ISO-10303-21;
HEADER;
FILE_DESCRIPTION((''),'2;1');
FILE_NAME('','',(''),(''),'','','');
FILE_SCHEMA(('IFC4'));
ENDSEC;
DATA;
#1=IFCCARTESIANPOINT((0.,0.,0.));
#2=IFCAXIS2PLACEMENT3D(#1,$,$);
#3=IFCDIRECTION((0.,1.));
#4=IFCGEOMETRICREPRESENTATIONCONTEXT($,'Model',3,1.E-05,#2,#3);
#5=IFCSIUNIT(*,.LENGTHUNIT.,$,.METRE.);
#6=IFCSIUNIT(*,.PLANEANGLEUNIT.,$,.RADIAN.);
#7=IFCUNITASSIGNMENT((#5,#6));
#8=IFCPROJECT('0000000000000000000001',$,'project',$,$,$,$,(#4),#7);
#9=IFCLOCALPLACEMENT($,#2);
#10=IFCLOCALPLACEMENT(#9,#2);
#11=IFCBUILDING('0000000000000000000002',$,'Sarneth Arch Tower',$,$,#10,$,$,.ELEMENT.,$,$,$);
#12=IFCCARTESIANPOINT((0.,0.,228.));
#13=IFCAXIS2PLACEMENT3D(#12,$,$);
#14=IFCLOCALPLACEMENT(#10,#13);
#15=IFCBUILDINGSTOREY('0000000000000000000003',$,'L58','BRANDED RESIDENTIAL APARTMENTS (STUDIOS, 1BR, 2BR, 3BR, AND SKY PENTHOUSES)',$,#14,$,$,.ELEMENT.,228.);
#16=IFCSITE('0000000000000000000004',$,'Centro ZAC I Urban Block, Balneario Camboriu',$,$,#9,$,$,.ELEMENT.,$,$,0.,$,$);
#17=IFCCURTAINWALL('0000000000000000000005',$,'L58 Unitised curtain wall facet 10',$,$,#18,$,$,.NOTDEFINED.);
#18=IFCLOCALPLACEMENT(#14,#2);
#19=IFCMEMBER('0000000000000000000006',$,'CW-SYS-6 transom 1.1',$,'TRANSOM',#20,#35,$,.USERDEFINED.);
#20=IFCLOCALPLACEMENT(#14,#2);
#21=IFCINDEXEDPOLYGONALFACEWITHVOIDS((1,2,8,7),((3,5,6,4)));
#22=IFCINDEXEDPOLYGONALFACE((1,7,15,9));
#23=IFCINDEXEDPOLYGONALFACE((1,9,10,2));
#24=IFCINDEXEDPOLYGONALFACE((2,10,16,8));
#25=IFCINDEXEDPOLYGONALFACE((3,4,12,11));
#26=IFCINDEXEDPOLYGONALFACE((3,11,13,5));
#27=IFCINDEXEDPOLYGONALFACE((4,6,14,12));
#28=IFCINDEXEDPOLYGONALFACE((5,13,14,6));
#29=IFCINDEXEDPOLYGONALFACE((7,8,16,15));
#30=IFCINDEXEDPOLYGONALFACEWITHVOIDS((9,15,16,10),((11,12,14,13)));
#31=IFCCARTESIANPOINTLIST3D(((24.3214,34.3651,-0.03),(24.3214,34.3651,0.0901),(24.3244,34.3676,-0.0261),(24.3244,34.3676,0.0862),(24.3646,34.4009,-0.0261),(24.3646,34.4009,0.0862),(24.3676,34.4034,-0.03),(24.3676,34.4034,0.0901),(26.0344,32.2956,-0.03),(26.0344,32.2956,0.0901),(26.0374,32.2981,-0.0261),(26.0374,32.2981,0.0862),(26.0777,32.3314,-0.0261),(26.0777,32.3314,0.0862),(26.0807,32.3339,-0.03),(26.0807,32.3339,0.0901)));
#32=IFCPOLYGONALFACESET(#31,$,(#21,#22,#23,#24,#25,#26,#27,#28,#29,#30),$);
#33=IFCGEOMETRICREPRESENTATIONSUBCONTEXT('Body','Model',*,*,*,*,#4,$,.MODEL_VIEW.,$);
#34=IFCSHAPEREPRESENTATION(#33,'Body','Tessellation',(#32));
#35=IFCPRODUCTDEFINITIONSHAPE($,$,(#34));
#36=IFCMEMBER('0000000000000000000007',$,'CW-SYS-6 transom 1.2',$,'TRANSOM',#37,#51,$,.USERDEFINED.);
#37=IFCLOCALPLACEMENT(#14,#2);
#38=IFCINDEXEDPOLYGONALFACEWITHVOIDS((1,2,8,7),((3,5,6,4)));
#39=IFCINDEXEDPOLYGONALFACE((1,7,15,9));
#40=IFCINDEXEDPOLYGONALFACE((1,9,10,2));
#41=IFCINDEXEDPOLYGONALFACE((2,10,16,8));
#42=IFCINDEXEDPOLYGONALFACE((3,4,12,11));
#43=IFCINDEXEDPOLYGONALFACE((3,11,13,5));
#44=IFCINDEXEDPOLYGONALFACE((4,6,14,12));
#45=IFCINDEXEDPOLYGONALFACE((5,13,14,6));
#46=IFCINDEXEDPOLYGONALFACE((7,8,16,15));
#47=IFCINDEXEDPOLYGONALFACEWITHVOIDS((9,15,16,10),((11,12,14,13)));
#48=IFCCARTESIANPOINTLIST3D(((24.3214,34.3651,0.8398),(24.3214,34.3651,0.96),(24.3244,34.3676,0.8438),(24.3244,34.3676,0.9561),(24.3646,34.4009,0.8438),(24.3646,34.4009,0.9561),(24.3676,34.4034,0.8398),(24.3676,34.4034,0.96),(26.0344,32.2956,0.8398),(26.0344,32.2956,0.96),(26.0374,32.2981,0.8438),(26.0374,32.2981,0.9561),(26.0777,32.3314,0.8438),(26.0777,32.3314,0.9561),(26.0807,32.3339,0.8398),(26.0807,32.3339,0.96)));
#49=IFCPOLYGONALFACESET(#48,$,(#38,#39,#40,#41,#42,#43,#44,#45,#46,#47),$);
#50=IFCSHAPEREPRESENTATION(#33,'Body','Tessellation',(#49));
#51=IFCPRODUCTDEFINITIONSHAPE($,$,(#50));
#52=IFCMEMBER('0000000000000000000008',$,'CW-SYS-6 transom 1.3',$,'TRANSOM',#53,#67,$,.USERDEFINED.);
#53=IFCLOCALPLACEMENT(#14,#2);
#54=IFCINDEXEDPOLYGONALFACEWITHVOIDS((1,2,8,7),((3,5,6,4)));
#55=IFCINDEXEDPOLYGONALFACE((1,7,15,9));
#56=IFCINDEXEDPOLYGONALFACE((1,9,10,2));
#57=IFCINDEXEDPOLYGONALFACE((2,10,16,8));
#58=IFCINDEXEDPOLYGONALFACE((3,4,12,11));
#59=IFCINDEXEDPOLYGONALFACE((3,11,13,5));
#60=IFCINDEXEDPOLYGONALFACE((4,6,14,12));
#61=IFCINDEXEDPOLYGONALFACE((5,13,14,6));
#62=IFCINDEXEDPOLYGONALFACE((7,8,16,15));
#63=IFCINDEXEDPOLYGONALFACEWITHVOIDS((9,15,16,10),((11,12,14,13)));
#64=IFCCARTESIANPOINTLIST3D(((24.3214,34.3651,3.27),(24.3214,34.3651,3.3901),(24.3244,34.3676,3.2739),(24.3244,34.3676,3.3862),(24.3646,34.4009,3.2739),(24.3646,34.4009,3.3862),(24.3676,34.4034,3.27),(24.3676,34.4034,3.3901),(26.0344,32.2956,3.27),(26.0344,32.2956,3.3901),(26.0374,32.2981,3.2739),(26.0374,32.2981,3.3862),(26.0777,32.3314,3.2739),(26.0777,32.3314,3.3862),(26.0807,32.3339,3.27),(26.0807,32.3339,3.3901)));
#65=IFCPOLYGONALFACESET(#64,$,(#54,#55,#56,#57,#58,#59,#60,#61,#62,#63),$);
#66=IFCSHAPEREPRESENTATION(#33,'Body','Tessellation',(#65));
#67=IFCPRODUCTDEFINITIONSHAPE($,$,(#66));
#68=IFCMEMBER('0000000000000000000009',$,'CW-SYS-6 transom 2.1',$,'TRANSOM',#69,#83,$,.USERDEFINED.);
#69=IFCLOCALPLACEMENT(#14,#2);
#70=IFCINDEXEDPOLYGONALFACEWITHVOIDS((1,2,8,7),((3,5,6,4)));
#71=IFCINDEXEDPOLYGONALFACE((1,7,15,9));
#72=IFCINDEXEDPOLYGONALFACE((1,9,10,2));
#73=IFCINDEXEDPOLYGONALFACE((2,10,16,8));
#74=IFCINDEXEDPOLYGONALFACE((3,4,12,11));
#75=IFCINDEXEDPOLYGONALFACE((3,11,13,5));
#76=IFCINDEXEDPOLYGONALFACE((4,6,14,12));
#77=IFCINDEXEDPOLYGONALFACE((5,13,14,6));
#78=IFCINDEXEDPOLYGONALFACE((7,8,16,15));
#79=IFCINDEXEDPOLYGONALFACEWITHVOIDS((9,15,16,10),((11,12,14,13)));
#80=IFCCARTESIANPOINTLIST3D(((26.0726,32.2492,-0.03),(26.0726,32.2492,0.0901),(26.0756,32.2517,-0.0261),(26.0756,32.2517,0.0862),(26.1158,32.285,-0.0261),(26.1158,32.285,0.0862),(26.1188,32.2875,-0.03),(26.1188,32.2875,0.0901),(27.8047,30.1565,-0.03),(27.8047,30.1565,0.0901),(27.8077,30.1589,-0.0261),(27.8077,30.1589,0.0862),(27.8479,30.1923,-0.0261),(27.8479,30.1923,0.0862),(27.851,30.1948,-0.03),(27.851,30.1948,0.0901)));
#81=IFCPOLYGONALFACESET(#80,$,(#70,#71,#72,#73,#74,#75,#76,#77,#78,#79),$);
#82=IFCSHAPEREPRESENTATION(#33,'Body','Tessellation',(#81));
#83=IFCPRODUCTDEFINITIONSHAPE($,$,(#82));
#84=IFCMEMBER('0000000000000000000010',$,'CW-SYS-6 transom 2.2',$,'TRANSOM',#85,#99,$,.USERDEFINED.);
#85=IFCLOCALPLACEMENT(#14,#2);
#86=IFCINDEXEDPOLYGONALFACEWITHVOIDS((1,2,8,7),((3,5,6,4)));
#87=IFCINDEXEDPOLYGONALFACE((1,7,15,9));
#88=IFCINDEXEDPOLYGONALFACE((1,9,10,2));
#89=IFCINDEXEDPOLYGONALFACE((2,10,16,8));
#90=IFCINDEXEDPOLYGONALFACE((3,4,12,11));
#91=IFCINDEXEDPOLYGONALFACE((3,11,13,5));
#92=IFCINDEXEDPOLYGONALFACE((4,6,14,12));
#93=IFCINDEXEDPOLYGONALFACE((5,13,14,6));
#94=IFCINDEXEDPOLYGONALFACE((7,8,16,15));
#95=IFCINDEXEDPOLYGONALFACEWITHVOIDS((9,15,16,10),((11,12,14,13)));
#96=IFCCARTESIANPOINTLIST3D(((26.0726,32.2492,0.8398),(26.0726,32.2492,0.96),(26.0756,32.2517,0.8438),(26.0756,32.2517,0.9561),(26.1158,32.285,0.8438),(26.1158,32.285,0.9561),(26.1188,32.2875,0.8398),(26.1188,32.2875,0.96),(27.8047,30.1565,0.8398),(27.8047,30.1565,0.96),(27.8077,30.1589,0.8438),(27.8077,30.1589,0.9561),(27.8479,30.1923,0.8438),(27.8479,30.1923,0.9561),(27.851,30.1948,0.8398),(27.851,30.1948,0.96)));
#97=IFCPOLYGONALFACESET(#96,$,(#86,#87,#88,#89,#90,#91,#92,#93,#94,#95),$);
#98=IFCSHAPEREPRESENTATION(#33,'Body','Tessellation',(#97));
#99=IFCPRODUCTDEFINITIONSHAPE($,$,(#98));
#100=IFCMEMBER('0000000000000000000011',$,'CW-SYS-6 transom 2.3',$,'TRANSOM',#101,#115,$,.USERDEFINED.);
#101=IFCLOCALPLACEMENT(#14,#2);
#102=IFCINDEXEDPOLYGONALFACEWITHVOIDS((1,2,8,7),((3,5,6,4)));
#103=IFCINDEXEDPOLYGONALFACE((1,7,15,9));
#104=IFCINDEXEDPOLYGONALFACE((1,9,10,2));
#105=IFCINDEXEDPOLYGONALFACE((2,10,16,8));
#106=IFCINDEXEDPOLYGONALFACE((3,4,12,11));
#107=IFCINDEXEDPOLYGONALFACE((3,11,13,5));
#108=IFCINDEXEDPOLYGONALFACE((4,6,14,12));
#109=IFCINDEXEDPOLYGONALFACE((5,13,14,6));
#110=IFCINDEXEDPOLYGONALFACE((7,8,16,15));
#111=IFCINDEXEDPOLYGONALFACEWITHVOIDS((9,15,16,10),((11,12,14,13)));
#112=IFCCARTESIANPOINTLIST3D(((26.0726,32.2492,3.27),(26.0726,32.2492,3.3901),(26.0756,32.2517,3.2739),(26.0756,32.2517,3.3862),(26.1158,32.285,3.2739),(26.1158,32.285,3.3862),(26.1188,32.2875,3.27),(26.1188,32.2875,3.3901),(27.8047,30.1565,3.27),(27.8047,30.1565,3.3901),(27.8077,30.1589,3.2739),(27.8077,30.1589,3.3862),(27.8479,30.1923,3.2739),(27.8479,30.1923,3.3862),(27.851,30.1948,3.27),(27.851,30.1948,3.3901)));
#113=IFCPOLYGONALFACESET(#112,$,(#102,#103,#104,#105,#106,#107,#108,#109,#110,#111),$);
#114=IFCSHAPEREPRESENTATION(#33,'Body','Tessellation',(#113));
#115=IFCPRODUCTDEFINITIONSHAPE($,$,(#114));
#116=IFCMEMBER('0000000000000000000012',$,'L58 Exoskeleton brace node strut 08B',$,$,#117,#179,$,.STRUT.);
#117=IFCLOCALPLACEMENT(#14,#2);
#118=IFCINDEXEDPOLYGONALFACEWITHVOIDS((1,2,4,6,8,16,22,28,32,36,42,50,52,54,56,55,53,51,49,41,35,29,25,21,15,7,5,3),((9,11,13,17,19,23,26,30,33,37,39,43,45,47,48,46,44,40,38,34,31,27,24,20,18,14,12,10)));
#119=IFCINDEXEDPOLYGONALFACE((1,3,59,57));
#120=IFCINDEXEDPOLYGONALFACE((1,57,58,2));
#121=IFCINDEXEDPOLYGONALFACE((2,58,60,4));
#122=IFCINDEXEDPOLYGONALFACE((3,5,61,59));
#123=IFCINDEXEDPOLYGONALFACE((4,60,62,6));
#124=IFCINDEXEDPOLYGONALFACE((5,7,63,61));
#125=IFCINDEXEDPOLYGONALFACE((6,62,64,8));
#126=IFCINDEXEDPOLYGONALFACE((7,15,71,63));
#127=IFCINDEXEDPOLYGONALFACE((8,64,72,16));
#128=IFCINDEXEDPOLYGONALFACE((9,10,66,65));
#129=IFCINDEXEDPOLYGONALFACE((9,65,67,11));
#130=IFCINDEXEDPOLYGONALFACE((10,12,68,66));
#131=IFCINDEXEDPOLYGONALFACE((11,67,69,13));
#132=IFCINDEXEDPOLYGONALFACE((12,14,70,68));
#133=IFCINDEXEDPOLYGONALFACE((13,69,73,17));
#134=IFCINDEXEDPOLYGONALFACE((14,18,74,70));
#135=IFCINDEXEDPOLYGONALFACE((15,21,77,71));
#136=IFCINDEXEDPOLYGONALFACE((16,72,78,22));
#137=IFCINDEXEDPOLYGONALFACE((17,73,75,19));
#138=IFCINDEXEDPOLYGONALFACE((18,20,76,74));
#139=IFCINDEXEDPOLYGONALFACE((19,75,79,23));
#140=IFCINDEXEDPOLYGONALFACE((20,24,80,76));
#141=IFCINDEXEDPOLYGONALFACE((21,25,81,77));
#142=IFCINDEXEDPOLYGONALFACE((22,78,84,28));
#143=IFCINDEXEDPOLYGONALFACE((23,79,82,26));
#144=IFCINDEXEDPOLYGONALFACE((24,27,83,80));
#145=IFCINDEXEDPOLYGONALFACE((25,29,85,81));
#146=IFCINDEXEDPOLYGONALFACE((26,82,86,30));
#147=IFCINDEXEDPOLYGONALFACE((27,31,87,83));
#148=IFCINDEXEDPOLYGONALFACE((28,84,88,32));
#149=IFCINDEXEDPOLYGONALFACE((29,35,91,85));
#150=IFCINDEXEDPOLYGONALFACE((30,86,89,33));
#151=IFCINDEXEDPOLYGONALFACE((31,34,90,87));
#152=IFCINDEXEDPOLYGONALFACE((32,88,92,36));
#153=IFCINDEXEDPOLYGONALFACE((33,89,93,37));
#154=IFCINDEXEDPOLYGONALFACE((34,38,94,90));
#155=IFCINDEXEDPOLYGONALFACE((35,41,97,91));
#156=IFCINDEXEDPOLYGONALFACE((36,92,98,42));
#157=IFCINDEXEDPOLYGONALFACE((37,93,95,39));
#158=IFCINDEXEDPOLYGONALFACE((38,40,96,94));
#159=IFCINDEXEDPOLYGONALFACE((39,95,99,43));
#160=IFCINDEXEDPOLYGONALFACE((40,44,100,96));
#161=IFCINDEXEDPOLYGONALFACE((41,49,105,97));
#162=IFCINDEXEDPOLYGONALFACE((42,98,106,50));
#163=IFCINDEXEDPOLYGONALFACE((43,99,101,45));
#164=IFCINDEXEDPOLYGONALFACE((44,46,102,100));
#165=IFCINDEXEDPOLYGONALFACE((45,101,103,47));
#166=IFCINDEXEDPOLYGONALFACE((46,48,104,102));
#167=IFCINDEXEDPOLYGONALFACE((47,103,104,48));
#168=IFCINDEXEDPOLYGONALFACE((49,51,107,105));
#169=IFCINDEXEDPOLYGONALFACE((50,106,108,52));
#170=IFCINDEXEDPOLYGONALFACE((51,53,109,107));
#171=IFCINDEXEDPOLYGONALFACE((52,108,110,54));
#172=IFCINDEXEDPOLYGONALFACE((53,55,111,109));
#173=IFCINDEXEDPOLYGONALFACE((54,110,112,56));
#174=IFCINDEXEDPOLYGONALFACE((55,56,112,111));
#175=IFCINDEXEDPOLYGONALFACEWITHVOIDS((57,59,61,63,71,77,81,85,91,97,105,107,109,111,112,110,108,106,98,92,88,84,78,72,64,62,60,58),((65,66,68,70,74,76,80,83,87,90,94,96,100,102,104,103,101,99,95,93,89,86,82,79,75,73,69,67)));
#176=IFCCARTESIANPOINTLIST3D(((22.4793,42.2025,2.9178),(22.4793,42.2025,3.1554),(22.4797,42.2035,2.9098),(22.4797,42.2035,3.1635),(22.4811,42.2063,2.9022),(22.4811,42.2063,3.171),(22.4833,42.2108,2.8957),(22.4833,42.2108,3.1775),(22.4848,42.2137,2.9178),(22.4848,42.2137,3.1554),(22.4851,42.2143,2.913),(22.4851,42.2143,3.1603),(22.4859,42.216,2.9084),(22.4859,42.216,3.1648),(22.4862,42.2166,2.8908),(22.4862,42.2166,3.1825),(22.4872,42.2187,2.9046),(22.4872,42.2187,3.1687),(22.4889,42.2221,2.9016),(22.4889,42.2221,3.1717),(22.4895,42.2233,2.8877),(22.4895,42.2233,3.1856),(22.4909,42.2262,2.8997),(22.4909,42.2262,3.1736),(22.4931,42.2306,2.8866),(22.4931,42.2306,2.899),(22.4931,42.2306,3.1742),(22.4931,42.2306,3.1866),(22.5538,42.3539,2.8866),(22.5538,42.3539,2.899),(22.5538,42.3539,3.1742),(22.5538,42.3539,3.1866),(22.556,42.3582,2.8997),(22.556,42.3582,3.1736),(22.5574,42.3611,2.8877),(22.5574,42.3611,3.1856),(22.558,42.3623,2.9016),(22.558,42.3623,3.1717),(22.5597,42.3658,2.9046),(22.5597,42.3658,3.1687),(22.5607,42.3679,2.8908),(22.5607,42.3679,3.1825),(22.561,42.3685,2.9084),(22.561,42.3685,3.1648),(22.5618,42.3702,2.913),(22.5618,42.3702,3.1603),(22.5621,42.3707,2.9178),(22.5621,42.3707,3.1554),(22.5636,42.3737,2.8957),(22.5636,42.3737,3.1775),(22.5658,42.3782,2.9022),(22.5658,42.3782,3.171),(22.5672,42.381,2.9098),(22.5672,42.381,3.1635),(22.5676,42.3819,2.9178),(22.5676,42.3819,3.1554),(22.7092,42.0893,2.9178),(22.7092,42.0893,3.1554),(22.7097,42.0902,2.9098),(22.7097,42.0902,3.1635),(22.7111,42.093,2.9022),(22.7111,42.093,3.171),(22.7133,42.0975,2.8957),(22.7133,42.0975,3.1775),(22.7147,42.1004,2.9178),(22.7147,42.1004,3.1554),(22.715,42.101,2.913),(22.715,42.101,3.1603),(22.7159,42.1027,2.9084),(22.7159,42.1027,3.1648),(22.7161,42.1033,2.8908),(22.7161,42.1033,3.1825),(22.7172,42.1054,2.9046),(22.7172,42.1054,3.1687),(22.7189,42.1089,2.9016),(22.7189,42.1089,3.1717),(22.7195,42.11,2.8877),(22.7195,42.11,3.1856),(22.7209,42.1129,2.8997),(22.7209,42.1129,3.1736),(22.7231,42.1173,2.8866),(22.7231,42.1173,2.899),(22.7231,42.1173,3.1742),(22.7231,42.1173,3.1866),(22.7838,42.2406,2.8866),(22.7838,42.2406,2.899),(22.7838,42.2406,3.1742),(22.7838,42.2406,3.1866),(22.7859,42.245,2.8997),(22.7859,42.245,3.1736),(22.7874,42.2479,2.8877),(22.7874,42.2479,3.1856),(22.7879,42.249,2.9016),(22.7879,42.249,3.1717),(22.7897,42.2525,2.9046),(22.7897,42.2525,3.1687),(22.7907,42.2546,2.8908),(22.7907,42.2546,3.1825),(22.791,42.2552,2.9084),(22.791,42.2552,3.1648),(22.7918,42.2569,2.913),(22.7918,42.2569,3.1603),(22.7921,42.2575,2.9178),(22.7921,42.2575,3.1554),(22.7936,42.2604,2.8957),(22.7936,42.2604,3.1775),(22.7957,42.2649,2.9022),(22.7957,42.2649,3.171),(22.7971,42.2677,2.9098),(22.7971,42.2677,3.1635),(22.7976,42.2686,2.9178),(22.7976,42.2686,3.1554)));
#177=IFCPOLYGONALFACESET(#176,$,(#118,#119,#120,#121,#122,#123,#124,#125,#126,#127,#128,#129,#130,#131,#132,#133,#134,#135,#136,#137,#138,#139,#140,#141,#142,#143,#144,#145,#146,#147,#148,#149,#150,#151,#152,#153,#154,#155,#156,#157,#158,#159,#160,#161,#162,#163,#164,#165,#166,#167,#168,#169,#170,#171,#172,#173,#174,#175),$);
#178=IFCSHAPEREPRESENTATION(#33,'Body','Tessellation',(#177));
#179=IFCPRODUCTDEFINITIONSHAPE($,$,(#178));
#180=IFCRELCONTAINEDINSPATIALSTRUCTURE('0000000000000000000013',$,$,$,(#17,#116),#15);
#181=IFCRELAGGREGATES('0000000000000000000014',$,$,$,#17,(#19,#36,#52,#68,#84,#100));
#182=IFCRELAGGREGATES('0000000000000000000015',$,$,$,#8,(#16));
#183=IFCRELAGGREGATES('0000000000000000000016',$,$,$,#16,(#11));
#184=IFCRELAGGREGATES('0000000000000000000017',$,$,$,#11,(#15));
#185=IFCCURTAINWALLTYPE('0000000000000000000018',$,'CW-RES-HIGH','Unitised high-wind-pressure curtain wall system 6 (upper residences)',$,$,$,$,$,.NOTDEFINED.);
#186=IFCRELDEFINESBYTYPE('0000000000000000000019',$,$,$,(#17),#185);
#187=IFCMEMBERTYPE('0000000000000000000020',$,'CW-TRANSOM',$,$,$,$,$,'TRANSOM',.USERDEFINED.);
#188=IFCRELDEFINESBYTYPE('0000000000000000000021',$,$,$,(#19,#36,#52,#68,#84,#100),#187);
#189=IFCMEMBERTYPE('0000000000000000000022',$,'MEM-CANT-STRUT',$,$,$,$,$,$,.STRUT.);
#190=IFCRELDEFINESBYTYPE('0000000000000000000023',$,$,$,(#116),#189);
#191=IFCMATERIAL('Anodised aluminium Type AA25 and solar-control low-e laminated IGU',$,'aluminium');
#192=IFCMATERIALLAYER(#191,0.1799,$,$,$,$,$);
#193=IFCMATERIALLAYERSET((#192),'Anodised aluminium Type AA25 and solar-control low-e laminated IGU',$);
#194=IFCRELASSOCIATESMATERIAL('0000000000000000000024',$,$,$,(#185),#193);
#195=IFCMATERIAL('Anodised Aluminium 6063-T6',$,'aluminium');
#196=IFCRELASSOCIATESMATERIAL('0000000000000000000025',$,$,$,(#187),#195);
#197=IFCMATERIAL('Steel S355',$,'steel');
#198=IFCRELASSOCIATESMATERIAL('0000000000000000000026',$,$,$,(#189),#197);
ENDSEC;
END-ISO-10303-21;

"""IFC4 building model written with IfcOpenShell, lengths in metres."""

from ifc_helpers import new_model, si_unit, direction, frame, origin, origin_2d, place, context, subcontext, project, spatial, hollow_rectangle, extrude, material, layer, layer_set, material_profile, profile_set, type_object, element, aggregate, save


model = new_model("IFC4")

# Units and contexts
model_context = context("Model", 3, precision=1e-05, world=origin(), true_north=direction((0.0, 1.0)))
body_context = subcontext(model_context, "Body", "Model", "MODEL_VIEW")
ifc_project = project(units=[si_unit("LENGTHUNIT", "METRE"), si_unit("PLANEANGLEUNIT", "RADIAN")], contexts=[model_context])

# Site, building, storey
site_placement = place(None, origin())
site = spatial("IfcSite", under=ifc_project, at=site_placement, Name="Centro ZAC I Urban Block, Balneario Camboriu", CompositionType="ELEMENT", RefElevation=0.0)
building_placement = place(site_placement, origin())
building = spatial("IfcBuilding", under=site, at=building_placement, Name="Sarneth Arch Tower", CompositionType="ELEMENT")
storey_placement = place(building_placement, frame((0.0, 0.0, 228.0)))
storey = spatial("IfcBuildingStorey", under=building, at=storey_placement, Name="L58", Description="BRANDED RESIDENTIAL APARTMENTS (STUDIOS, 1BR, 2BR, 3BR, AND SKY PENTHOUSES)", CompositionType="ELEMENT", Elevation=228.0)

# Curtain wall, members
ifc_material_1 = material(Name="Anodised aluminium Type AA25 and solar-control low-e laminated IGU", Category="aluminium")
ifc_layer_1 = layer(ifc_material_1, 0.1799)
ifc_layer_set_1 = layer_set([ifc_layer_1], Name="Anodised aluminium Type AA25 and solar-control low-e laminated IGU")
curtain_wall_type = type_object("IfcCurtainWallType", Name="CW-RES-HIGH", Description="Unitised high-wind-pressure curtain wall system 6 (upper residences)", PredefinedType="NOTDEFINED", material=ifc_layer_set_1)
curtain_wall_placement = place(storey_placement, origin())
curtain_wall = element("IfcCurtainWall", 1, at=curtain_wall_placement, inside=storey, type_object=curtain_wall_type, Name="L58 Unitised curtain wall facet 10", PredefinedType="NOTDEFINED")
ifc_material_2 = material(Name="Anodised Aluminium 6063-T6", Category="aluminium")
ifc_material_profile_1 = material_profile(ifc_material_2, hollow_rectangle(XDim=0.0601, YDim=0.1201, WallThickness=0.0039, at=origin_2d()), Name="AL-TRAN-120x60x4")
ifc_profile_set_1 = profile_set([ifc_material_profile_1], Name="Anodised Aluminium 6063-T6")
member_type_1 = type_object("IfcMemberType", Name="CW-TRANSOM", ElementType="TRANSOM", PredefinedType="USERDEFINED", material=ifc_profile_set_1)
member_1_placement = place(storey_placement, frame((24.3445, 34.3843, 0.03), z_axis=(0.637651, -0.770325, 0.0), x_axis=(0.770325, 0.637651, 0.0)))
member_1 = element("IfcMember", 2, at=member_1_placement, type_object=member_type_1, Name="CW-SYS-6 transom 1.1", ObjectType="TRANSOM", PredefinedType="USERDEFINED", context=body_context, shape_type="SweptSolid", body=[
    extrude(hollow_rectangle(XDim=0.0601, YDim=0.1201, WallThickness=0.0039, at=origin_2d()), origin(), (0.0, 0.0, 1.0), 2.6865),
])
member_2_placement = place(storey_placement, frame((24.3445, 34.3843, 0.8999), z_axis=(0.637651, -0.770325, 0.0), x_axis=(0.770325, 0.637651, 0.0)))
member_2 = element("IfcMember", 3, at=member_2_placement, type_object=member_type_1, Name="CW-SYS-6 transom 1.2", ObjectType="TRANSOM", PredefinedType="USERDEFINED", context=body_context, shape_type="SweptSolid", body=[
    extrude(hollow_rectangle(XDim=0.0601, YDim=0.1201, WallThickness=0.0039, at=origin_2d()), origin(), (0.0, 0.0, 1.0), 2.6865),
])
member_3_placement = place(storey_placement, frame((24.3445, 34.3843, 3.3301), z_axis=(0.637651, -0.770325, 0.0), x_axis=(0.770325, 0.637651, 0.0)))
member_3 = element("IfcMember", 4, at=member_3_placement, type_object=member_type_1, Name="CW-SYS-6 transom 1.3", ObjectType="TRANSOM", PredefinedType="USERDEFINED", context=body_context, shape_type="SweptSolid", body=[
    extrude(hollow_rectangle(XDim=0.0601, YDim=0.1201, WallThickness=0.0039, at=origin_2d()), origin(), (0.0, 0.0, 1.0), 2.6865),
])
member_4_placement = place(storey_placement, frame((26.0957, 32.2683, 0.03), z_axis=(0.637617, -0.770353, 0.0), x_axis=(0.770353, 0.637617, 0.0)))
member_4 = element("IfcMember", 5, at=member_4_placement, type_object=member_type_1, Name="CW-SYS-6 transom 2.1", ObjectType="TRANSOM", PredefinedType="USERDEFINED", context=body_context, shape_type="SweptSolid", body=[
    extrude(hollow_rectangle(XDim=0.0601, YDim=0.1201, WallThickness=0.0039, at=origin_2d()), origin(), (0.0, 0.0, 1.0), 2.7166),
])
member_5_placement = place(storey_placement, frame((26.0957, 32.2683, 0.8999), z_axis=(0.637617, -0.770353, 0.0), x_axis=(0.770353, 0.637617, 0.0)))
member_5 = element("IfcMember", 6, at=member_5_placement, type_object=member_type_1, Name="CW-SYS-6 transom 2.2", ObjectType="TRANSOM", PredefinedType="USERDEFINED", context=body_context, shape_type="SweptSolid", body=[
    extrude(hollow_rectangle(XDim=0.0601, YDim=0.1201, WallThickness=0.0039, at=origin_2d()), origin(), (0.0, 0.0, 1.0), 2.7166),
])
member_6_placement = place(storey_placement, frame((26.0957, 32.2683, 3.3301), z_axis=(0.637617, -0.770353, 0.0), x_axis=(0.770353, 0.637617, 0.0)))
member_6 = element("IfcMember", 7, at=member_6_placement, type_object=member_type_1, Name="CW-SYS-6 transom 2.3", ObjectType="TRANSOM", PredefinedType="USERDEFINED", context=body_context, shape_type="SweptSolid", body=[
    extrude(hollow_rectangle(XDim=0.0601, YDim=0.1201, WallThickness=0.0039, at=origin_2d()), origin(), (0.0, 0.0, 1.0), 2.7166),
])

# Member
ifc_material_3 = material(Name="Steel S355", Category="steel")
ifc_material_profile_2 = material_profile(ifc_material_3, hollow_rectangle(XDim=0.2, YDim=0.3, WallThickness=0.0125, InnerFilletRadius=0.0188, OuterFilletRadius=0.0312, at=origin_2d()), Name="RHS300x200x12.5")
ifc_profile_set_2 = profile_set([ifc_material_profile_2], Name="Steel S355")
member_type_2 = type_object("IfcMemberType", Name="MEM-CANT-STRUT", PredefinedType="STRUT", material=ifc_profile_set_2)
member_7_placement = place(storey_placement, frame((22.7534, 42.179, 3.0366), z_axis=(-0.897078, 0.441873, 0.0), x_axis=(-0.441873, -0.897078, 0.0)))
element("IfcMember", 8, at=member_7_placement, inside=storey, type_object=member_type_2, Name="L58 Exoskeleton brace node strut 08B", PredefinedType="STRUT", context=body_context, shape_type="SweptSolid", body=[
    extrude(hollow_rectangle(XDim=0.2, YDim=0.3, WallThickness=0.0125, InnerFilletRadius=0.0188, OuterFilletRadius=0.0312, at=origin_2d()), origin(), (0.0, 0.0, 1.0), 0.2563),
])

aggregate(curtain_wall, [member_1, member_2, member_3, member_4, member_5, member_6])

save(model, "model.ifc")
